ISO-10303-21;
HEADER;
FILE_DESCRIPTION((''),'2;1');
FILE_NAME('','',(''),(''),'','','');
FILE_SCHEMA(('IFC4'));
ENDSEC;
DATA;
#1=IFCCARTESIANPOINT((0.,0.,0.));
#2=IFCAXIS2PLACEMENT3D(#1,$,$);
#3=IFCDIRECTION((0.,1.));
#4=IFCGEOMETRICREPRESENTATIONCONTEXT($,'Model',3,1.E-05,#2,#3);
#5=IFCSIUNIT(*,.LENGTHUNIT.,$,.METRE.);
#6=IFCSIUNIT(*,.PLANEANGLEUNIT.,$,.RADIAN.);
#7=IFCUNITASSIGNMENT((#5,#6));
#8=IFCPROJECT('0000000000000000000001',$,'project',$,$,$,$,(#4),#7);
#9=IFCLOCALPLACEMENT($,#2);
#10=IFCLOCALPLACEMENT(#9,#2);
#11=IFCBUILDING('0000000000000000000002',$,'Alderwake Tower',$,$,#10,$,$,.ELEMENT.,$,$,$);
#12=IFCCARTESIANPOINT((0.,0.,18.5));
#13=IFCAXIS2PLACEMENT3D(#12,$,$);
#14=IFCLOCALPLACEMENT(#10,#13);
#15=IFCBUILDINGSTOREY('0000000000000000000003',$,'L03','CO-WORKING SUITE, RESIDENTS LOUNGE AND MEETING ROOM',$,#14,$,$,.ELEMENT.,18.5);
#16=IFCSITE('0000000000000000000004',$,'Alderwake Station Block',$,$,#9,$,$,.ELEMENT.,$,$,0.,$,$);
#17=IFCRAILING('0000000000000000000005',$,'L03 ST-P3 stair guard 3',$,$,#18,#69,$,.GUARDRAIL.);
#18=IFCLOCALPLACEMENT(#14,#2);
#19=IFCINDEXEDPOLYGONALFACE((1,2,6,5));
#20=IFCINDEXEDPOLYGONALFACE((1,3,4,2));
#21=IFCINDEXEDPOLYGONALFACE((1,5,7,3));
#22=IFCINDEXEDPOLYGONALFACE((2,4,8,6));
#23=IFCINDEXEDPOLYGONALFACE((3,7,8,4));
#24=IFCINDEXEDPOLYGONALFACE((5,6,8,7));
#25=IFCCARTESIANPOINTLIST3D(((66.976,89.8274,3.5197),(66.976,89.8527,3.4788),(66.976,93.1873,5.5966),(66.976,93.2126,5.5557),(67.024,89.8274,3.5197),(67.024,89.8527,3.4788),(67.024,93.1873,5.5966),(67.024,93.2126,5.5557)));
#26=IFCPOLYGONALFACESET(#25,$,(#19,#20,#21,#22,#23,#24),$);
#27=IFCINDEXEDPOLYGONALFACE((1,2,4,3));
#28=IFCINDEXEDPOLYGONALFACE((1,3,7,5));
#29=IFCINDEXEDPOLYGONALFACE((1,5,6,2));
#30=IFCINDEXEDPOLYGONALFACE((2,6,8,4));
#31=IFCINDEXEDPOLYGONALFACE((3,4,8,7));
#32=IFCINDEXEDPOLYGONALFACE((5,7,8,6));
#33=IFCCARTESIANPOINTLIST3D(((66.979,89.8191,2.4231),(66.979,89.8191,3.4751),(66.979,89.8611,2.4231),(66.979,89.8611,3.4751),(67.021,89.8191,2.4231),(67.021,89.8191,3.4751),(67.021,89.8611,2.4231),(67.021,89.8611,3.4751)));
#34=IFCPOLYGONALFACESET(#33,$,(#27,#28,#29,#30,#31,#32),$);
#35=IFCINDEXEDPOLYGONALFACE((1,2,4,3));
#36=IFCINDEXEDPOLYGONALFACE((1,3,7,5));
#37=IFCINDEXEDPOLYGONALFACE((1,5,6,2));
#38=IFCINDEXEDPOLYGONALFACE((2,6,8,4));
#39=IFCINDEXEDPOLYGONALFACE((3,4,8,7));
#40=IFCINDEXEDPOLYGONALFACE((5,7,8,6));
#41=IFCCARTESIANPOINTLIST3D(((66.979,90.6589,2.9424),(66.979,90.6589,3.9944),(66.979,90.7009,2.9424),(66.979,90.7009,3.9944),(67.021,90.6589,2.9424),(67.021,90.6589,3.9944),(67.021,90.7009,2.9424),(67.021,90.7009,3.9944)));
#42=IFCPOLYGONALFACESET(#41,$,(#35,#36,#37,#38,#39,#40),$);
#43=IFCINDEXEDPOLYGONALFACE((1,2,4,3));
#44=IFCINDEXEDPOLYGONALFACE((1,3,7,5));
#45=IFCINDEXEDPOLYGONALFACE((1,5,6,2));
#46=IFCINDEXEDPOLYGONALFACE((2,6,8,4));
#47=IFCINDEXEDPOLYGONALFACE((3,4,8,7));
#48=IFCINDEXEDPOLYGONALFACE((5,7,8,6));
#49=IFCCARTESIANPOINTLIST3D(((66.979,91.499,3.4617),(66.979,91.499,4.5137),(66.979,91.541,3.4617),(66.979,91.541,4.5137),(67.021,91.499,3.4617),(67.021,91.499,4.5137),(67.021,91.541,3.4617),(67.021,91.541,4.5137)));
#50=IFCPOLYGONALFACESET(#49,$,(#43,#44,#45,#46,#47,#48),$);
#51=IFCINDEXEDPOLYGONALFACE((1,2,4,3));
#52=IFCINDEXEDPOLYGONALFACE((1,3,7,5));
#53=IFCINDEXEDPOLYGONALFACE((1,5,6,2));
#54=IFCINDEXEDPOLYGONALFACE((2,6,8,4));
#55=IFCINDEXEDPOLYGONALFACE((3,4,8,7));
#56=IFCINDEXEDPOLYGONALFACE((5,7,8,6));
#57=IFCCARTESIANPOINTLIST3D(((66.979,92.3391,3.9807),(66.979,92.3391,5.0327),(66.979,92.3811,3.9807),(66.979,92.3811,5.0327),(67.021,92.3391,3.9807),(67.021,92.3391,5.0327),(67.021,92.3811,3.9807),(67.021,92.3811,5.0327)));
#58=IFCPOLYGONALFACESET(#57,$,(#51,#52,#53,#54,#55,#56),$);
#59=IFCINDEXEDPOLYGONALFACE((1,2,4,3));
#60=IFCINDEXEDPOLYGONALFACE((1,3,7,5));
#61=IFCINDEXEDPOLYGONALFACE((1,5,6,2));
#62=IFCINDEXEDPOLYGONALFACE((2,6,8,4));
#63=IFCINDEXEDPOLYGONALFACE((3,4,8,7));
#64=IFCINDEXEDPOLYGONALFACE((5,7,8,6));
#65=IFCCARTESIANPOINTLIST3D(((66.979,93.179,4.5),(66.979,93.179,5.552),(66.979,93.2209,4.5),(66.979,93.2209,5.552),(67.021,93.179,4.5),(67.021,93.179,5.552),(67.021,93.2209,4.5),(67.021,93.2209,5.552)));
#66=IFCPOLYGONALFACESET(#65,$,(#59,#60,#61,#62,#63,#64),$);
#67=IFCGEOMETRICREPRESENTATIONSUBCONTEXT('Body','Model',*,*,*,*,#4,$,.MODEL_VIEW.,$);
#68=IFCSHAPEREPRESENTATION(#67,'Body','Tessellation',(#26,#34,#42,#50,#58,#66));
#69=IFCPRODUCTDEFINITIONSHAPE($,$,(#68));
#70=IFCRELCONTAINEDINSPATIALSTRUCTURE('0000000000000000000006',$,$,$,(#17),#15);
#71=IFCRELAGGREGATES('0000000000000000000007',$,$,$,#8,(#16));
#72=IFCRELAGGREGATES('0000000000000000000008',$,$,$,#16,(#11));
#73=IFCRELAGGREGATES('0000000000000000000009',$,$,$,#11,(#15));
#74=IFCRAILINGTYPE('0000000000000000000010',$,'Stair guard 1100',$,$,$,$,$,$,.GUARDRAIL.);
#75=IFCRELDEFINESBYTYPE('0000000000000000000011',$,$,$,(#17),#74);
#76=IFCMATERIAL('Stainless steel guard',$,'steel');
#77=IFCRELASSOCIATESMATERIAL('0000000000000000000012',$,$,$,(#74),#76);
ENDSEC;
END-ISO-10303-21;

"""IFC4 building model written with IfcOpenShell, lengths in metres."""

from ifc_helpers import new_model, si_unit, direction, frame, origin, origin_2d, place, context, subcontext, project, spatial, rectangle, extrude, material, type_object, element, save


model = new_model("IFC4")

# Units and contexts
model_context = context("Model", 3, precision=1e-05, world=origin(), true_north=direction((0.0, 1.0)))
body_context = subcontext(model_context, "Body", "Model", "MODEL_VIEW")
ifc_project = project(units=[si_unit("LENGTHUNIT", "METRE"), si_unit("PLANEANGLEUNIT", "RADIAN")], contexts=[model_context])

# Site, building, storey
site_placement = place(None, origin())
site = spatial("IfcSite", under=ifc_project, at=site_placement, Name="Alderwake Station Block", CompositionType="ELEMENT", RefElevation=0.0)
building_placement = place(site_placement, origin())
building = spatial("IfcBuilding", under=site, at=building_placement, Name="Alderwake Tower", CompositionType="ELEMENT")
storey_placement = place(building_placement, frame((0.0, 0.0, 18.5)))
storey = spatial("IfcBuildingStorey", under=building, at=storey_placement, Name="L03", Description="CO-WORKING SUITE, RESIDENTS LOUNGE AND MEETING ROOM", CompositionType="ELEMENT", Elevation=18.5)

# Railing
ifc_material_1 = material(Name="Stainless steel guard", Category="steel")
railing_type = type_object("IfcRailingType", Name="Stair guard 1100", PredefinedType="GUARDRAIL", material=ifc_material_1)
railing_1_placement = place(storey_placement, frame((67.0, 89.8401, 2.4231)))
element("IfcRailing", 1, at=railing_1_placement, inside=storey, type_object=railing_type, Name="L03 ST-P3 stair guard 3", PredefinedType="GUARDRAIL", context=body_context, shape_type="SweptSolid", body=[
    extrude(rectangle(XDim=0.0481, YDim=0.0481, at=origin_2d()), frame((0.0, 0.0, 1.0762), z_axis=(0.0, 0.850606, 0.525803), x_axis=(-1.0, 0.0, 0.0)), (0.0, 0.0, 1.0), 3.95),
    extrude(rectangle(XDim=0.042, YDim=0.042, at=origin_2d()), frame((0.0, 0.0, 0.0), z_axis=(0.0, 0.0, 1.0), x_axis=(0.0, 1.0, 0.0)), (0.0, 0.0, 1.0), 1.052),
    extrude(rectangle(XDim=0.042, YDim=0.042, at=origin_2d()), frame((0.0, 0.8398, 0.5193), z_axis=(0.0, 0.0, 1.0), x_axis=(0.0, 1.0, 0.0)), (0.0, 0.0, 1.0), 1.052),
    extrude(rectangle(XDim=0.042, YDim=0.042, at=origin_2d()), frame((0.0, 1.6799, 1.0386), z_axis=(0.0, 0.0, 1.0), x_axis=(0.0, 1.0, 0.0)), (0.0, 0.0, 1.0), 1.052),
    extrude(rectangle(XDim=0.042, YDim=0.042, at=origin_2d()), frame((0.0, 2.52, 1.5576), z_axis=(0.0, 0.0, 1.0), x_axis=(0.0, 1.0, 0.0)), (0.0, 0.0, 1.0), 1.052),
    extrude(rectangle(XDim=0.042, YDim=0.042, at=origin_2d()), frame((0.0, 3.3599, 2.0769), z_axis=(0.0, 0.0, 1.0), x_axis=(0.0, 1.0, 0.0)), (0.0, 0.0, 1.0), 1.052),
])

save(model, "model.ifc")
